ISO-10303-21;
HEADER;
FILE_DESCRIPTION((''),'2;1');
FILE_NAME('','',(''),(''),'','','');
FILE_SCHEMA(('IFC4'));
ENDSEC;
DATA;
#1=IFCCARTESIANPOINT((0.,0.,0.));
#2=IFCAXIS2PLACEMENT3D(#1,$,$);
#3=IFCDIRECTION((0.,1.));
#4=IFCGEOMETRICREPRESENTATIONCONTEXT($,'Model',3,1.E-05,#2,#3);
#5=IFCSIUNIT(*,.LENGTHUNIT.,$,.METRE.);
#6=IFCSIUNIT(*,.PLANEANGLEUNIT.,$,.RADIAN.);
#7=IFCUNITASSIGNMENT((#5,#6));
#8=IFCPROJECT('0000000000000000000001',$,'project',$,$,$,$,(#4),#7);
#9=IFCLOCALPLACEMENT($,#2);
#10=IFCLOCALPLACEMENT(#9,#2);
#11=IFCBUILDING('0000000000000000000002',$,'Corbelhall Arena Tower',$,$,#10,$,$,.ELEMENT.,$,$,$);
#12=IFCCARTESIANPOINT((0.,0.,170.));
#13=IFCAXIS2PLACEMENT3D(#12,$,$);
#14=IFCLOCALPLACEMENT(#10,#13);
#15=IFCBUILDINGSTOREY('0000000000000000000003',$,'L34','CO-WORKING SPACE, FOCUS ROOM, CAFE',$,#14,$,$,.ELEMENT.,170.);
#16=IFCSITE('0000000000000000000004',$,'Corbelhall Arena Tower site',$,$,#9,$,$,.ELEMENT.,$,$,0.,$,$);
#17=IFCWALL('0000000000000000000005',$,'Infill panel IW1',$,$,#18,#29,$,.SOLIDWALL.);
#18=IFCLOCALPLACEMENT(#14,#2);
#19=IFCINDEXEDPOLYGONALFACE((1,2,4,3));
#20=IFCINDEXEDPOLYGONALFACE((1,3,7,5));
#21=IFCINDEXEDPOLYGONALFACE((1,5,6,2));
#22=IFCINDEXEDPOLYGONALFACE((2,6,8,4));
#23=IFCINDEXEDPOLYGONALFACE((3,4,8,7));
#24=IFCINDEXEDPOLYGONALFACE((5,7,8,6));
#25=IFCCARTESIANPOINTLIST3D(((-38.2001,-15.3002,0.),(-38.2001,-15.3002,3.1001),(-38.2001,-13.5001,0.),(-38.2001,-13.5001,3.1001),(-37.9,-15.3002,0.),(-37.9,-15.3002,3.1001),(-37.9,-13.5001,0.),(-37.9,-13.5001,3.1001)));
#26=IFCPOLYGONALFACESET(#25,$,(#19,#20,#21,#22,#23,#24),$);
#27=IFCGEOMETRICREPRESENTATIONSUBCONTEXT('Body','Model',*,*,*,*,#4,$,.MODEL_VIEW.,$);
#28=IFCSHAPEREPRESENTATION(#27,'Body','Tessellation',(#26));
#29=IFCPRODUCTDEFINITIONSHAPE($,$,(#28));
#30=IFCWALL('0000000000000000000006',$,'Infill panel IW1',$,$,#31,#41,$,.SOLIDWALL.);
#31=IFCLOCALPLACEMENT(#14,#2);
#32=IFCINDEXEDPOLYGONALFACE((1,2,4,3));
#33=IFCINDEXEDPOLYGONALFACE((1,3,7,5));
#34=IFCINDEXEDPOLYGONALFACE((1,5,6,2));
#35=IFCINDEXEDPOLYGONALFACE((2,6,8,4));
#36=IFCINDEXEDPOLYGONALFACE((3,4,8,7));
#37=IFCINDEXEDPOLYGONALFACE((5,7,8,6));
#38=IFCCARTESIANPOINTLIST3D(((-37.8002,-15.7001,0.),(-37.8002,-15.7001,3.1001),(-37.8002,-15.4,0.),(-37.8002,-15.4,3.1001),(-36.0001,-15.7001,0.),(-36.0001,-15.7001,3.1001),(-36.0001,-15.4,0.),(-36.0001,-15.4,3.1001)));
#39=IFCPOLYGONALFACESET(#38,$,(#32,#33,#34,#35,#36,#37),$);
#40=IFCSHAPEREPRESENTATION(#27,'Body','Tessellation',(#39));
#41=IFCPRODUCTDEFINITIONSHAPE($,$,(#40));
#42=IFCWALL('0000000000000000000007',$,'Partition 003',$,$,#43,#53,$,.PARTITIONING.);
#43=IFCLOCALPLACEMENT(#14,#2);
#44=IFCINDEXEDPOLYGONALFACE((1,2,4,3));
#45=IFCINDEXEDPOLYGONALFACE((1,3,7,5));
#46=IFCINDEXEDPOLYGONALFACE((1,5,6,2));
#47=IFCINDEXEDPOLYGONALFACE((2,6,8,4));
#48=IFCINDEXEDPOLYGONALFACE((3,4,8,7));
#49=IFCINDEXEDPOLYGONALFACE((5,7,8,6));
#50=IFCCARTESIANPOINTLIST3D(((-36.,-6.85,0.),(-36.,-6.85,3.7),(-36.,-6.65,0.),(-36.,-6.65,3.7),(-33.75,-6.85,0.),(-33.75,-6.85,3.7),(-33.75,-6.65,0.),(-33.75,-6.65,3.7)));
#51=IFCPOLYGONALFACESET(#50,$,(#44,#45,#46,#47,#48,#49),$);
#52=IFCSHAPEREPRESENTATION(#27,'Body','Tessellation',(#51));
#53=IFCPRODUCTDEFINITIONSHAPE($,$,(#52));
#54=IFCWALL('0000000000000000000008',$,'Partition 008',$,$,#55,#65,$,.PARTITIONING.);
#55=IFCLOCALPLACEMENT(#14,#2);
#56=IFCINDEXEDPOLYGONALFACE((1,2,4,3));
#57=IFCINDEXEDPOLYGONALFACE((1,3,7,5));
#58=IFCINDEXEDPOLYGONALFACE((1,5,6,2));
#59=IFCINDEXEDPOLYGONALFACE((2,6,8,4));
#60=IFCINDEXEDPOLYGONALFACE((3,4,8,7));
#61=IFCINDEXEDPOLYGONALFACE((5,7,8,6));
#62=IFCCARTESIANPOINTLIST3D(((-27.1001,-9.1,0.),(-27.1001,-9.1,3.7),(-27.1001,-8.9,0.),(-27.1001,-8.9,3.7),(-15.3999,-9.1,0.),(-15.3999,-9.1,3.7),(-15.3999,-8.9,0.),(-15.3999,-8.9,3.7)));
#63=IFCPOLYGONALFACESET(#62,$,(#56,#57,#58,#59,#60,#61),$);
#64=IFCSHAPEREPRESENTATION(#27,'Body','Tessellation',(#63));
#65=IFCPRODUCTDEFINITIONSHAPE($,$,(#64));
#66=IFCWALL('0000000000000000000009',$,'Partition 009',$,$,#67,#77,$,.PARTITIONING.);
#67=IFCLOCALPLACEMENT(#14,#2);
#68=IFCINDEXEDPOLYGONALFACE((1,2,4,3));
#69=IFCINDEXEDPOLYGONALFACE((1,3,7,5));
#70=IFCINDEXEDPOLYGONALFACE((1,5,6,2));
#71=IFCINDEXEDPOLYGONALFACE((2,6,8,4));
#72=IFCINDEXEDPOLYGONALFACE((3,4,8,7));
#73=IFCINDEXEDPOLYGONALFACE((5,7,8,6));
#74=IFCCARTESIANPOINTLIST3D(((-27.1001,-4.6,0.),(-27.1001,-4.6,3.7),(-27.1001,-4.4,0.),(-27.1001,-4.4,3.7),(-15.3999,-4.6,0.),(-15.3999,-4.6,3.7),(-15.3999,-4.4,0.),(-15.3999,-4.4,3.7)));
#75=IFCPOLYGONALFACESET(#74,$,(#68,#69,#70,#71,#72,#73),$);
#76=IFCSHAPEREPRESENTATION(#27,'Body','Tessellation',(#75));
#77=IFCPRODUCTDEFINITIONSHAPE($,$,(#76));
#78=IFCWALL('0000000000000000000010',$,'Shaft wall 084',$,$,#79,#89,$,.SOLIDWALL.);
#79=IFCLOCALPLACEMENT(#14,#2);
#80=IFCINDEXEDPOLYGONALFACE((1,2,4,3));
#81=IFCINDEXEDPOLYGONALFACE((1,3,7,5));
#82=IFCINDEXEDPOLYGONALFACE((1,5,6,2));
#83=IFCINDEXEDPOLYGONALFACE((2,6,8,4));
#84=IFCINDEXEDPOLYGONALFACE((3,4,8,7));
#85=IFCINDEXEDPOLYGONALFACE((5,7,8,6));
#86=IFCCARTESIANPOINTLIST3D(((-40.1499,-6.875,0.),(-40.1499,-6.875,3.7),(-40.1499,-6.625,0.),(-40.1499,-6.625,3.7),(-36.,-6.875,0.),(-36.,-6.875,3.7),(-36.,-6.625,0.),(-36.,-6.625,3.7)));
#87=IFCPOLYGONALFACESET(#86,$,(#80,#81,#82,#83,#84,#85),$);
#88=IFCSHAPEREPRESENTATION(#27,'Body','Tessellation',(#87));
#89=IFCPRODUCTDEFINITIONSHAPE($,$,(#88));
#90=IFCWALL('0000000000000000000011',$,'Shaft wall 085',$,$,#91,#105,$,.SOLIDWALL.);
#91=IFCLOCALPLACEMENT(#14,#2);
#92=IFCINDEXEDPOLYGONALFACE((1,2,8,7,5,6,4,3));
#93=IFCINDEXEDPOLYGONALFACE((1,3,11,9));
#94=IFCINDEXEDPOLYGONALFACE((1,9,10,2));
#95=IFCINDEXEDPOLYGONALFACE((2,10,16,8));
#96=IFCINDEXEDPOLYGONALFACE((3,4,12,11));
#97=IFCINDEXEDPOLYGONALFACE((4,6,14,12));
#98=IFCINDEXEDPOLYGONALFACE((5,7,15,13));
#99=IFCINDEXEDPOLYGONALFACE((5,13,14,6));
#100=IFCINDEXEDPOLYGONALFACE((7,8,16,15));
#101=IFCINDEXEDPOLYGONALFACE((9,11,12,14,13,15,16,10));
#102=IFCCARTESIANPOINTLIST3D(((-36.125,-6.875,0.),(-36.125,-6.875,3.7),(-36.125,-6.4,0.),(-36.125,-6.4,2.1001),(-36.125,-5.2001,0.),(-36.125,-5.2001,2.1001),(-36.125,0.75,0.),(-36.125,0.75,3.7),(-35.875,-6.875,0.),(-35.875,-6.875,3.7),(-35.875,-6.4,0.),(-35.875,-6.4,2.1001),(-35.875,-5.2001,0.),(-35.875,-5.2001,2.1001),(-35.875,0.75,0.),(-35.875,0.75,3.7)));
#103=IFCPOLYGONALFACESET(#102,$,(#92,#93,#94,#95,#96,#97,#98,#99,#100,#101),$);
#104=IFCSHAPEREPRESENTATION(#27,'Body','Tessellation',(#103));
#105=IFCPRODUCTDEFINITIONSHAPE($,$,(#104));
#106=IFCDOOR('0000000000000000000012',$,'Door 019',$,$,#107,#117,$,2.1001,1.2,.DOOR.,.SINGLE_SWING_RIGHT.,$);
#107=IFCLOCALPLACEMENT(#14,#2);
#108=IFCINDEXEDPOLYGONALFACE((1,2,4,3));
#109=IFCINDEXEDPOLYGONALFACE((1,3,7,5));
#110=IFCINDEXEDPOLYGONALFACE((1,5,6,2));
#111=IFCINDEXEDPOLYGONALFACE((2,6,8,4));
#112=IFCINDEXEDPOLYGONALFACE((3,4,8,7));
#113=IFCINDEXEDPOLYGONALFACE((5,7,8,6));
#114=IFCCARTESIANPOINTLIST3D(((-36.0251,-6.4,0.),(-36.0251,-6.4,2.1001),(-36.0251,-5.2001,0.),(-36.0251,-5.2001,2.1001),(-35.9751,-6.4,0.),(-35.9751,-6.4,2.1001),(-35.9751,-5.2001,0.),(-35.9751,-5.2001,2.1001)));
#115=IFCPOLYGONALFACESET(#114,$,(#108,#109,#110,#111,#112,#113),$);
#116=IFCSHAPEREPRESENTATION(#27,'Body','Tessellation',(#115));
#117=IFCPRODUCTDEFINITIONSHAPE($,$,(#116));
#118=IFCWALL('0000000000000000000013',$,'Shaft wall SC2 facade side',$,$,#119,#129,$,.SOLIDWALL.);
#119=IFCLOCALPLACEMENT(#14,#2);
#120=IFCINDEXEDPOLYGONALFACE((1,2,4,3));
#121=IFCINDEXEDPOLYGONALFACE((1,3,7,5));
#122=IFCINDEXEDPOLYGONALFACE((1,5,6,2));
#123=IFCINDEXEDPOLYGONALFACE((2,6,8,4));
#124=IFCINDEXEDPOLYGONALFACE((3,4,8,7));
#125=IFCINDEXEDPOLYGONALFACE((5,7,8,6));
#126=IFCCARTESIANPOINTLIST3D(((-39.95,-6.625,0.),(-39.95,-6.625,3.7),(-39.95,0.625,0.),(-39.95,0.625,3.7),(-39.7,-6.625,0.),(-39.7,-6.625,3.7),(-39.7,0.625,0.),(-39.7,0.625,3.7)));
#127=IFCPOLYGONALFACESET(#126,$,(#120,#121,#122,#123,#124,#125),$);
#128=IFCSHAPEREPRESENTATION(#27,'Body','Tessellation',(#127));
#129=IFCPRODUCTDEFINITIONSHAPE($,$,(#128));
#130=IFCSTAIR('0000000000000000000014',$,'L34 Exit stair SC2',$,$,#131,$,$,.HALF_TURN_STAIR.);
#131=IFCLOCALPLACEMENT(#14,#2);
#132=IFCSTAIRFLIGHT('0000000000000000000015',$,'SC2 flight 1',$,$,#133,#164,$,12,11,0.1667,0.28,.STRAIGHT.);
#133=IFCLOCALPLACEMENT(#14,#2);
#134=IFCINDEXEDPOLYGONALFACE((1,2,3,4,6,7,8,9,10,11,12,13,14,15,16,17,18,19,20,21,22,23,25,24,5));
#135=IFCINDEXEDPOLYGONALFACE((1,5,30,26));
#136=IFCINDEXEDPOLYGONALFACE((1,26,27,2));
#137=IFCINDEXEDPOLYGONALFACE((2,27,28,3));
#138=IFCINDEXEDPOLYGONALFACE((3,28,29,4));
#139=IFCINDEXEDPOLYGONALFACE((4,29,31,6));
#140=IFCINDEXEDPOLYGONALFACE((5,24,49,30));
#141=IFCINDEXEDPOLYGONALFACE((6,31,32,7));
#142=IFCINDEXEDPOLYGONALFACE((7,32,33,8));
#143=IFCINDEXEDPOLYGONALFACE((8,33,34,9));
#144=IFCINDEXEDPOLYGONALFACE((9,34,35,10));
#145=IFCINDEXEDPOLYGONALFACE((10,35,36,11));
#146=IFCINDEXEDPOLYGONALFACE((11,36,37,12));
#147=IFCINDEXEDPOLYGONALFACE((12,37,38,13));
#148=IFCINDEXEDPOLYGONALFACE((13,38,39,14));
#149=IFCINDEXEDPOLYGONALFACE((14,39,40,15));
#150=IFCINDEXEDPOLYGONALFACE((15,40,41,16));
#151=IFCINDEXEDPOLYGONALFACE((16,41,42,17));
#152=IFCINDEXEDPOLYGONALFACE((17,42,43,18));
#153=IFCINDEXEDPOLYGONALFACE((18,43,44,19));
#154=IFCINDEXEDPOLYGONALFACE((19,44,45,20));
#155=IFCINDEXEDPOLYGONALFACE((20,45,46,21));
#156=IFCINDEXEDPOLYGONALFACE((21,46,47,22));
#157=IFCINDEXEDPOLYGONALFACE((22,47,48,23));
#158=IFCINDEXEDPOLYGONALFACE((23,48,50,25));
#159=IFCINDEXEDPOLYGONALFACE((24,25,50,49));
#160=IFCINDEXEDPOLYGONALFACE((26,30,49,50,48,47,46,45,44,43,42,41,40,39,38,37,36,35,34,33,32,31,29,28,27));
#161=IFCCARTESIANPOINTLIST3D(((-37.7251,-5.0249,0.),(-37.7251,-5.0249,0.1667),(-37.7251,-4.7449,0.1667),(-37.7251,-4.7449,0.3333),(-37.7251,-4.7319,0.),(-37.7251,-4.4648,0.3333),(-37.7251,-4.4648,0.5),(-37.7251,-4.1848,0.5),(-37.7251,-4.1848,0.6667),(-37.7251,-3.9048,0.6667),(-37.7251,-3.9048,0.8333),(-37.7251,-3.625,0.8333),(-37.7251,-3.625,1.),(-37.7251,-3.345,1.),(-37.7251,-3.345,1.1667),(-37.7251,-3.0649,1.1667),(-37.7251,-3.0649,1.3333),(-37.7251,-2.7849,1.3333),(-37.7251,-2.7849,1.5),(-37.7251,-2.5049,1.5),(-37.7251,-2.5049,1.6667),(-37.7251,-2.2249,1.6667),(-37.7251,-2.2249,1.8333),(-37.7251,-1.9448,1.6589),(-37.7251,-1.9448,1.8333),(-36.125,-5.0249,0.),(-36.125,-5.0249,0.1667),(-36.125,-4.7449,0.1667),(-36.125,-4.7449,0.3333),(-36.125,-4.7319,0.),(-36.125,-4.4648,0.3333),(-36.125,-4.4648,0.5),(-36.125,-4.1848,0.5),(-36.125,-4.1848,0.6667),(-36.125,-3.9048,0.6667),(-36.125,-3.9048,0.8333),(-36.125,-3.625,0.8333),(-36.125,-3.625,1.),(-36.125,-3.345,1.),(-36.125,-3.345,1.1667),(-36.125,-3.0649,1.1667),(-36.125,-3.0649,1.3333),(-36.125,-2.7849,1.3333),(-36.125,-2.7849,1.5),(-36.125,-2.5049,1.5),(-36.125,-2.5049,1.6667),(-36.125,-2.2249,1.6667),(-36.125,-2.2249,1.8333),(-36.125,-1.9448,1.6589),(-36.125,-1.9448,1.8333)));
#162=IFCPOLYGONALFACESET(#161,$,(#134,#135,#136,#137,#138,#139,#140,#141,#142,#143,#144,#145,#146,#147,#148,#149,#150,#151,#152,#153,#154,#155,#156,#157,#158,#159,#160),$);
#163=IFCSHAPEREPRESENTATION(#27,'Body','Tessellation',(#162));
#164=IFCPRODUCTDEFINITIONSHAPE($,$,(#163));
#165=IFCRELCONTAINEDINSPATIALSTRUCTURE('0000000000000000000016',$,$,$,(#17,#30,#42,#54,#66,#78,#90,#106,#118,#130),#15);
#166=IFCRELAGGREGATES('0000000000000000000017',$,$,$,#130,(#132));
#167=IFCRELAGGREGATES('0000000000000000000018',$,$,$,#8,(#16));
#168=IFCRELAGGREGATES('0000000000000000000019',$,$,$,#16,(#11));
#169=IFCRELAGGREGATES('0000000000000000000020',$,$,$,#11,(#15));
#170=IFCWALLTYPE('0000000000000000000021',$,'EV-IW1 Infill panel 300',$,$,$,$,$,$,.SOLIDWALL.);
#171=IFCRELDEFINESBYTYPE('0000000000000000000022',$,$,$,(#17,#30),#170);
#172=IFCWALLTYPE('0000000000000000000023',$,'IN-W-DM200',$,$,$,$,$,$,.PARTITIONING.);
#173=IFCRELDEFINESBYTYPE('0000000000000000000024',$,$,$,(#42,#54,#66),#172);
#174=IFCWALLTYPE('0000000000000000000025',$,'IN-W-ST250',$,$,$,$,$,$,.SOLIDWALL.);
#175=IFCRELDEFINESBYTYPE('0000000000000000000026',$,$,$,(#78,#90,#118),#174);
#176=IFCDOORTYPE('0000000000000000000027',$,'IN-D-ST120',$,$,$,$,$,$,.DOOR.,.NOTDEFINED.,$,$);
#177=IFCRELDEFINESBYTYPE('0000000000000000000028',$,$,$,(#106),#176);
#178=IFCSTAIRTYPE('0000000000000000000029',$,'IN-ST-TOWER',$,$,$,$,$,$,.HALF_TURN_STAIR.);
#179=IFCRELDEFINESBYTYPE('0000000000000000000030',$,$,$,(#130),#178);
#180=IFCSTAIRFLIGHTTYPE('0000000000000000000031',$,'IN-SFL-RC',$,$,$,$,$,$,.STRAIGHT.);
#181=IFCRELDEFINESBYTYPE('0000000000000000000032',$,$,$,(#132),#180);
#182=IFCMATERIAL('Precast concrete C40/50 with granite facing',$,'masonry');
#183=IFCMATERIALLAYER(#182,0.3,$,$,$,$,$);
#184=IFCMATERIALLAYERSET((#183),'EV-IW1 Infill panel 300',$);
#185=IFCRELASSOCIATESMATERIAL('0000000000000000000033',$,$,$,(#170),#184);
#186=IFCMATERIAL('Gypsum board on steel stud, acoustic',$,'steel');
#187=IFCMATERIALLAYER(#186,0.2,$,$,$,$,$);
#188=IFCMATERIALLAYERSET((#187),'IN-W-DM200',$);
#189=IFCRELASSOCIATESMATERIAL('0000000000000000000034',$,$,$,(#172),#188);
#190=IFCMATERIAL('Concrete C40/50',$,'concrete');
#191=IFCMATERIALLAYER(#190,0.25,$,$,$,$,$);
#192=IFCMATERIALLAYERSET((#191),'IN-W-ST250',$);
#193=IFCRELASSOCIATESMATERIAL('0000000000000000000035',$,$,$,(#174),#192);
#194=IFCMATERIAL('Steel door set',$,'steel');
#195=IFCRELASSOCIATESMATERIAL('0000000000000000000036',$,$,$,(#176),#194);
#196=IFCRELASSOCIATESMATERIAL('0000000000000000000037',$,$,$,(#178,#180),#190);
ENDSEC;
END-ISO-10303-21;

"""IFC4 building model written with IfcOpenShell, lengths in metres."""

from ifc_helpers import new_model, si_unit, direction, frame, frame_2d, origin, place, context, subcontext, project, spatial, polyline, rectangle, outline, extrude, material, layer, layer_set, type_object, element, fill, aggregate, save


model = new_model("IFC4")

# Units and contexts
model_context = context("Model", 3, precision=1e-05, world=origin(), true_north=direction((0.0, 1.0)))
body_context = subcontext(model_context, "Body", "Model", "MODEL_VIEW")
ifc_project = project(units=[si_unit("LENGTHUNIT", "METRE"), si_unit("PLANEANGLEUNIT", "RADIAN")], contexts=[model_context])

# Site, building, storey
site_placement = place(None, origin())
site = spatial("IfcSite", under=ifc_project, at=site_placement, Name="Corbelhall Arena Tower site", CompositionType="ELEMENT", RefElevation=0.0)
building_placement = place(site_placement, origin())
building = spatial("IfcBuilding", under=site, at=building_placement, Name="Corbelhall Arena Tower", CompositionType="ELEMENT")
storey_placement = place(building_placement, frame((0.0, 0.0, 170.0)))
storey = spatial("IfcBuildingStorey", under=building, at=storey_placement, Name="L34", Description="CO-WORKING SPACE, FOCUS ROOM, CAFE", CompositionType="ELEMENT", Elevation=170.0)

# Walls
ifc_material_1 = material(Name="Precast concrete C40/50 with granite facing", Category="masonry")
ifc_layer_1 = layer(ifc_material_1, 0.3)
ifc_layer_set_1 = layer_set([ifc_layer_1], Name="EV-IW1 Infill panel 300")
wall_type_1 = type_object("IfcWallType", Name="EV-IW1 Infill panel 300", PredefinedType="SOLIDWALL", material=ifc_layer_set_1)
for number, where, z_axis, x_axis, name in (
    (1, (-38.05, -15.3, 0.0), (0.0, 0.0, 1.0), (0.0, 1.0, 0.0), "Infill panel IW1"),
    (2, (-37.8, -15.55, 0.0), (0.0, 0.0, 1.0), (1.0, 0.0, 0.0), "Infill panel IW1"),
):
    element("IfcWall", number, at=place(storey_placement, frame(where, z_axis=z_axis, x_axis=x_axis)), inside=storey, type_object=wall_type_1, Name=name, PredefinedType="SOLIDWALL", context=body_context, shape_type="SweptSolid", body=[
        extrude(rectangle(XDim=1.8, YDim=0.3, at=frame_2d((0.8999, 0.0))), origin(), (0.0, 0.0, 1.0), 3.1001),
    ])

# Walls
ifc_material_2 = material(Name="Gypsum board on steel stud, acoustic", Category="steel")
ifc_layer_2 = layer(ifc_material_2, 0.2)
ifc_layer_set_2 = layer_set([ifc_layer_2], Name="IN-W-DM200")
wall_type_2 = type_object("IfcWallType", Name="IN-W-DM200", PredefinedType="PARTITIONING", material=ifc_layer_set_2)
wall_1_placement = place(storey_placement, frame((-33.75, -6.75, 0.0), z_axis=(0.0, 0.0, 1.0), x_axis=(-1.0, 0.0, 0.0)))
element("IfcWall", 3, at=wall_1_placement, inside=storey, type_object=wall_type_2, Name="Partition 003", PredefinedType="PARTITIONING", context=body_context, shape_type="SweptSolid", body=[
    extrude(rectangle(XDim=2.25, YDim=0.2, at=frame_2d((1.125, 0.0))), origin(), (0.0, 0.0, 1.0), 3.7),
])
for number, where, z_axis, x_axis, name in (
    (4, (-27.1001, -9.0, 0.0), (0.0, 0.0, 1.0), (1.0, 0.0, 0.0), "Partition 008"),
    (5, (-27.1001, -4.5, 0.0), (0.0, 0.0, 1.0), (1.0, 0.0, 0.0), "Partition 009"),
):
    element("IfcWall", number, at=place(storey_placement, frame(where, z_axis=z_axis, x_axis=x_axis)), inside=storey, type_object=wall_type_2, Name=name, PredefinedType="PARTITIONING", context=body_context, shape_type="SweptSolid", body=[
        extrude(rectangle(XDim=11.7002, YDim=0.2, at=frame_2d((5.8501, 0.0))), origin(), (0.0, 0.0, 1.0), 3.7),
    ])
ifc_material_3 = material(Name="Concrete C40/50", Category="concrete")
ifc_layer_3 = layer(ifc_material_3, 0.25)
ifc_layer_set_3 = layer_set([ifc_layer_3], Name="IN-W-ST250")
wall_type_3 = type_object("IfcWallType", Name="IN-W-ST250", PredefinedType="SOLIDWALL", material=ifc_layer_set_3)
wall_2_placement = place(storey_placement, frame((-36.0, -6.75, 0.0), z_axis=(0.0, 0.0, 1.0), x_axis=(-1.0, 0.0, 0.0)))
element("IfcWall", 6, at=wall_2_placement, inside=storey, type_object=wall_type_3, Name="Shaft wall 084", PredefinedType="SOLIDWALL", context=body_context, shape_type="SweptSolid", body=[
    extrude(rectangle(XDim=4.1499, YDim=0.25, at=frame_2d((2.075, 0.0))), origin(), (0.0, 0.0, 1.0), 3.7),
])

# Wall, opening, door
wall_3_placement = place(storey_placement, frame((-36.0, 0.75, 0.0), z_axis=(0.0, 0.0, 1.0), x_axis=(0.0, -1.0, 0.0)))
wall_3 = element("IfcWall", 7, at=wall_3_placement, inside=storey, type_object=wall_type_3, Name="Shaft wall 085", PredefinedType="SOLIDWALL", context=body_context, shape_type="SweptSolid", body=[
    extrude(rectangle(XDim=7.625, YDim=0.25, at=frame_2d((3.8125, 0.0))), origin(), (0.0, 0.0, 1.0), 3.7),
])
opening_1_placement = place(wall_3_placement, frame((5.95, 0.0, 0.0)))
opening_1 = element("IfcOpeningElement", 8, at=opening_1_placement, cuts=wall_3, PredefinedType="OPENING", context=body_context, shape_type="SweptSolid", body=[
    extrude(rectangle(XDim=1.2, YDim=2.1001, at=frame_2d((0.6001, 1.05))), frame((0.0, 0.125, 0.0), z_axis=(0.0, -1.0, 0.0), x_axis=(1.0, 0.0, 0.0)), (0.0, 0.0, 1.0), 0.25),
])
ifc_material_4 = material(Name="Steel door set", Category="steel")
door_type = type_object("IfcDoorType", Name="IN-D-ST120", OperationType="NOTDEFINED", PredefinedType="DOOR", material=ifc_material_4)
door_placement = place(opening_1_placement, origin())
door = element("IfcDoor", 9, at=door_placement, inside=storey, type_object=door_type, Name="Door 019", OperationType="SINGLE_SWING_RIGHT", OverallHeight=2.1001, OverallWidth=1.2, PredefinedType="DOOR", context=body_context, shape_type="SweptSolid", body=[
    extrude(rectangle(XDim=1.2, YDim=2.1001, at=frame_2d((0.6001, 1.05))), frame((0.0, 0.0249, 0.0), z_axis=(0.0, -1.0, 0.0), x_axis=(1.0, 0.0, 0.0)), (0.0, 0.0, 1.0), 0.05),
])
fill(opening_1, door)

# Wall
wall_4_placement = place(storey_placement, frame((-39.825, -6.625, 0.0), z_axis=(0.0, 0.0, 1.0), x_axis=(0.0, 1.0, 0.0)))
element("IfcWall", 10, at=wall_4_placement, inside=storey, type_object=wall_type_3, Name="Shaft wall SC2 facade side", PredefinedType="SOLIDWALL", context=body_context, shape_type="SweptSolid", body=[
    extrude(rectangle(XDim=7.25, YDim=0.25, at=frame_2d((3.625, 0.0))), origin(), (0.0, 0.0, 1.0), 3.7),
])

# Stair, stair flight
stair_type = type_object("IfcStairType", Name="IN-ST-TOWER", PredefinedType="HALF_TURN_STAIR", material=ifc_material_3)
stair_placement = place(storey_placement, origin())
stair = element("IfcStair", 11, at=stair_placement, inside=storey, type_object=stair_type, Name="L34 Exit stair SC2", PredefinedType="HALF_TURN_STAIR")
stair_flight_type = type_object("IfcStairFlightType", Name="IN-SFL-RC", PredefinedType="STRAIGHT", material=ifc_material_3)
stair_flight_1_placement = place(storey_placement, frame((-36.925, -5.0249, 0.0), z_axis=(0.0, 0.0, 1.0), x_axis=(0.0, 1.0, 0.0)))
stair_flight_1 = element("IfcStairFlight", 12, at=stair_flight_1_placement, type_object=stair_flight_type, Name="SC2 flight 1", NumberOfRisers=12, NumberOfTreads=11, PredefinedType="STRAIGHT", RiserHeight=0.1667, TreadLength=0.28, context=body_context, shape_type="SweptSolid", body=[
    extrude(outline(polyline([(0.0, 0.0), (0.0, 0.1667), (0.28, 0.1667), (0.28, 0.3333), (0.5601, 0.3333), (0.5601, 0.5), (0.8401, 0.5), (0.8401, 0.6667), (1.1201, 0.6667), (1.1201, 0.8333), (1.3999, 0.8333), (1.3999, 1.0), (1.6799, 1.0), (1.6799, 1.1667), (1.96, 1.1667), (1.96, 1.3333), (2.24, 1.3333), (2.24, 1.5), (2.52, 1.5), (2.52, 1.6667), (2.8, 1.6667), (2.8, 1.8333), (3.0801, 1.8333), (3.0801, 2.0), (3.0801, 1.6589), (0.293, 0.0), (0.0, 0.0)])), frame((0.0, 0.8, 0.0), z_axis=(0.0, -1.0, 0.0), x_axis=(1.0, 0.0, 0.0)), (0.0, 0.0, 1.0), 1.6001),
])
aggregate(stair, [stair_flight_1])

save(model, "model.ifc")
